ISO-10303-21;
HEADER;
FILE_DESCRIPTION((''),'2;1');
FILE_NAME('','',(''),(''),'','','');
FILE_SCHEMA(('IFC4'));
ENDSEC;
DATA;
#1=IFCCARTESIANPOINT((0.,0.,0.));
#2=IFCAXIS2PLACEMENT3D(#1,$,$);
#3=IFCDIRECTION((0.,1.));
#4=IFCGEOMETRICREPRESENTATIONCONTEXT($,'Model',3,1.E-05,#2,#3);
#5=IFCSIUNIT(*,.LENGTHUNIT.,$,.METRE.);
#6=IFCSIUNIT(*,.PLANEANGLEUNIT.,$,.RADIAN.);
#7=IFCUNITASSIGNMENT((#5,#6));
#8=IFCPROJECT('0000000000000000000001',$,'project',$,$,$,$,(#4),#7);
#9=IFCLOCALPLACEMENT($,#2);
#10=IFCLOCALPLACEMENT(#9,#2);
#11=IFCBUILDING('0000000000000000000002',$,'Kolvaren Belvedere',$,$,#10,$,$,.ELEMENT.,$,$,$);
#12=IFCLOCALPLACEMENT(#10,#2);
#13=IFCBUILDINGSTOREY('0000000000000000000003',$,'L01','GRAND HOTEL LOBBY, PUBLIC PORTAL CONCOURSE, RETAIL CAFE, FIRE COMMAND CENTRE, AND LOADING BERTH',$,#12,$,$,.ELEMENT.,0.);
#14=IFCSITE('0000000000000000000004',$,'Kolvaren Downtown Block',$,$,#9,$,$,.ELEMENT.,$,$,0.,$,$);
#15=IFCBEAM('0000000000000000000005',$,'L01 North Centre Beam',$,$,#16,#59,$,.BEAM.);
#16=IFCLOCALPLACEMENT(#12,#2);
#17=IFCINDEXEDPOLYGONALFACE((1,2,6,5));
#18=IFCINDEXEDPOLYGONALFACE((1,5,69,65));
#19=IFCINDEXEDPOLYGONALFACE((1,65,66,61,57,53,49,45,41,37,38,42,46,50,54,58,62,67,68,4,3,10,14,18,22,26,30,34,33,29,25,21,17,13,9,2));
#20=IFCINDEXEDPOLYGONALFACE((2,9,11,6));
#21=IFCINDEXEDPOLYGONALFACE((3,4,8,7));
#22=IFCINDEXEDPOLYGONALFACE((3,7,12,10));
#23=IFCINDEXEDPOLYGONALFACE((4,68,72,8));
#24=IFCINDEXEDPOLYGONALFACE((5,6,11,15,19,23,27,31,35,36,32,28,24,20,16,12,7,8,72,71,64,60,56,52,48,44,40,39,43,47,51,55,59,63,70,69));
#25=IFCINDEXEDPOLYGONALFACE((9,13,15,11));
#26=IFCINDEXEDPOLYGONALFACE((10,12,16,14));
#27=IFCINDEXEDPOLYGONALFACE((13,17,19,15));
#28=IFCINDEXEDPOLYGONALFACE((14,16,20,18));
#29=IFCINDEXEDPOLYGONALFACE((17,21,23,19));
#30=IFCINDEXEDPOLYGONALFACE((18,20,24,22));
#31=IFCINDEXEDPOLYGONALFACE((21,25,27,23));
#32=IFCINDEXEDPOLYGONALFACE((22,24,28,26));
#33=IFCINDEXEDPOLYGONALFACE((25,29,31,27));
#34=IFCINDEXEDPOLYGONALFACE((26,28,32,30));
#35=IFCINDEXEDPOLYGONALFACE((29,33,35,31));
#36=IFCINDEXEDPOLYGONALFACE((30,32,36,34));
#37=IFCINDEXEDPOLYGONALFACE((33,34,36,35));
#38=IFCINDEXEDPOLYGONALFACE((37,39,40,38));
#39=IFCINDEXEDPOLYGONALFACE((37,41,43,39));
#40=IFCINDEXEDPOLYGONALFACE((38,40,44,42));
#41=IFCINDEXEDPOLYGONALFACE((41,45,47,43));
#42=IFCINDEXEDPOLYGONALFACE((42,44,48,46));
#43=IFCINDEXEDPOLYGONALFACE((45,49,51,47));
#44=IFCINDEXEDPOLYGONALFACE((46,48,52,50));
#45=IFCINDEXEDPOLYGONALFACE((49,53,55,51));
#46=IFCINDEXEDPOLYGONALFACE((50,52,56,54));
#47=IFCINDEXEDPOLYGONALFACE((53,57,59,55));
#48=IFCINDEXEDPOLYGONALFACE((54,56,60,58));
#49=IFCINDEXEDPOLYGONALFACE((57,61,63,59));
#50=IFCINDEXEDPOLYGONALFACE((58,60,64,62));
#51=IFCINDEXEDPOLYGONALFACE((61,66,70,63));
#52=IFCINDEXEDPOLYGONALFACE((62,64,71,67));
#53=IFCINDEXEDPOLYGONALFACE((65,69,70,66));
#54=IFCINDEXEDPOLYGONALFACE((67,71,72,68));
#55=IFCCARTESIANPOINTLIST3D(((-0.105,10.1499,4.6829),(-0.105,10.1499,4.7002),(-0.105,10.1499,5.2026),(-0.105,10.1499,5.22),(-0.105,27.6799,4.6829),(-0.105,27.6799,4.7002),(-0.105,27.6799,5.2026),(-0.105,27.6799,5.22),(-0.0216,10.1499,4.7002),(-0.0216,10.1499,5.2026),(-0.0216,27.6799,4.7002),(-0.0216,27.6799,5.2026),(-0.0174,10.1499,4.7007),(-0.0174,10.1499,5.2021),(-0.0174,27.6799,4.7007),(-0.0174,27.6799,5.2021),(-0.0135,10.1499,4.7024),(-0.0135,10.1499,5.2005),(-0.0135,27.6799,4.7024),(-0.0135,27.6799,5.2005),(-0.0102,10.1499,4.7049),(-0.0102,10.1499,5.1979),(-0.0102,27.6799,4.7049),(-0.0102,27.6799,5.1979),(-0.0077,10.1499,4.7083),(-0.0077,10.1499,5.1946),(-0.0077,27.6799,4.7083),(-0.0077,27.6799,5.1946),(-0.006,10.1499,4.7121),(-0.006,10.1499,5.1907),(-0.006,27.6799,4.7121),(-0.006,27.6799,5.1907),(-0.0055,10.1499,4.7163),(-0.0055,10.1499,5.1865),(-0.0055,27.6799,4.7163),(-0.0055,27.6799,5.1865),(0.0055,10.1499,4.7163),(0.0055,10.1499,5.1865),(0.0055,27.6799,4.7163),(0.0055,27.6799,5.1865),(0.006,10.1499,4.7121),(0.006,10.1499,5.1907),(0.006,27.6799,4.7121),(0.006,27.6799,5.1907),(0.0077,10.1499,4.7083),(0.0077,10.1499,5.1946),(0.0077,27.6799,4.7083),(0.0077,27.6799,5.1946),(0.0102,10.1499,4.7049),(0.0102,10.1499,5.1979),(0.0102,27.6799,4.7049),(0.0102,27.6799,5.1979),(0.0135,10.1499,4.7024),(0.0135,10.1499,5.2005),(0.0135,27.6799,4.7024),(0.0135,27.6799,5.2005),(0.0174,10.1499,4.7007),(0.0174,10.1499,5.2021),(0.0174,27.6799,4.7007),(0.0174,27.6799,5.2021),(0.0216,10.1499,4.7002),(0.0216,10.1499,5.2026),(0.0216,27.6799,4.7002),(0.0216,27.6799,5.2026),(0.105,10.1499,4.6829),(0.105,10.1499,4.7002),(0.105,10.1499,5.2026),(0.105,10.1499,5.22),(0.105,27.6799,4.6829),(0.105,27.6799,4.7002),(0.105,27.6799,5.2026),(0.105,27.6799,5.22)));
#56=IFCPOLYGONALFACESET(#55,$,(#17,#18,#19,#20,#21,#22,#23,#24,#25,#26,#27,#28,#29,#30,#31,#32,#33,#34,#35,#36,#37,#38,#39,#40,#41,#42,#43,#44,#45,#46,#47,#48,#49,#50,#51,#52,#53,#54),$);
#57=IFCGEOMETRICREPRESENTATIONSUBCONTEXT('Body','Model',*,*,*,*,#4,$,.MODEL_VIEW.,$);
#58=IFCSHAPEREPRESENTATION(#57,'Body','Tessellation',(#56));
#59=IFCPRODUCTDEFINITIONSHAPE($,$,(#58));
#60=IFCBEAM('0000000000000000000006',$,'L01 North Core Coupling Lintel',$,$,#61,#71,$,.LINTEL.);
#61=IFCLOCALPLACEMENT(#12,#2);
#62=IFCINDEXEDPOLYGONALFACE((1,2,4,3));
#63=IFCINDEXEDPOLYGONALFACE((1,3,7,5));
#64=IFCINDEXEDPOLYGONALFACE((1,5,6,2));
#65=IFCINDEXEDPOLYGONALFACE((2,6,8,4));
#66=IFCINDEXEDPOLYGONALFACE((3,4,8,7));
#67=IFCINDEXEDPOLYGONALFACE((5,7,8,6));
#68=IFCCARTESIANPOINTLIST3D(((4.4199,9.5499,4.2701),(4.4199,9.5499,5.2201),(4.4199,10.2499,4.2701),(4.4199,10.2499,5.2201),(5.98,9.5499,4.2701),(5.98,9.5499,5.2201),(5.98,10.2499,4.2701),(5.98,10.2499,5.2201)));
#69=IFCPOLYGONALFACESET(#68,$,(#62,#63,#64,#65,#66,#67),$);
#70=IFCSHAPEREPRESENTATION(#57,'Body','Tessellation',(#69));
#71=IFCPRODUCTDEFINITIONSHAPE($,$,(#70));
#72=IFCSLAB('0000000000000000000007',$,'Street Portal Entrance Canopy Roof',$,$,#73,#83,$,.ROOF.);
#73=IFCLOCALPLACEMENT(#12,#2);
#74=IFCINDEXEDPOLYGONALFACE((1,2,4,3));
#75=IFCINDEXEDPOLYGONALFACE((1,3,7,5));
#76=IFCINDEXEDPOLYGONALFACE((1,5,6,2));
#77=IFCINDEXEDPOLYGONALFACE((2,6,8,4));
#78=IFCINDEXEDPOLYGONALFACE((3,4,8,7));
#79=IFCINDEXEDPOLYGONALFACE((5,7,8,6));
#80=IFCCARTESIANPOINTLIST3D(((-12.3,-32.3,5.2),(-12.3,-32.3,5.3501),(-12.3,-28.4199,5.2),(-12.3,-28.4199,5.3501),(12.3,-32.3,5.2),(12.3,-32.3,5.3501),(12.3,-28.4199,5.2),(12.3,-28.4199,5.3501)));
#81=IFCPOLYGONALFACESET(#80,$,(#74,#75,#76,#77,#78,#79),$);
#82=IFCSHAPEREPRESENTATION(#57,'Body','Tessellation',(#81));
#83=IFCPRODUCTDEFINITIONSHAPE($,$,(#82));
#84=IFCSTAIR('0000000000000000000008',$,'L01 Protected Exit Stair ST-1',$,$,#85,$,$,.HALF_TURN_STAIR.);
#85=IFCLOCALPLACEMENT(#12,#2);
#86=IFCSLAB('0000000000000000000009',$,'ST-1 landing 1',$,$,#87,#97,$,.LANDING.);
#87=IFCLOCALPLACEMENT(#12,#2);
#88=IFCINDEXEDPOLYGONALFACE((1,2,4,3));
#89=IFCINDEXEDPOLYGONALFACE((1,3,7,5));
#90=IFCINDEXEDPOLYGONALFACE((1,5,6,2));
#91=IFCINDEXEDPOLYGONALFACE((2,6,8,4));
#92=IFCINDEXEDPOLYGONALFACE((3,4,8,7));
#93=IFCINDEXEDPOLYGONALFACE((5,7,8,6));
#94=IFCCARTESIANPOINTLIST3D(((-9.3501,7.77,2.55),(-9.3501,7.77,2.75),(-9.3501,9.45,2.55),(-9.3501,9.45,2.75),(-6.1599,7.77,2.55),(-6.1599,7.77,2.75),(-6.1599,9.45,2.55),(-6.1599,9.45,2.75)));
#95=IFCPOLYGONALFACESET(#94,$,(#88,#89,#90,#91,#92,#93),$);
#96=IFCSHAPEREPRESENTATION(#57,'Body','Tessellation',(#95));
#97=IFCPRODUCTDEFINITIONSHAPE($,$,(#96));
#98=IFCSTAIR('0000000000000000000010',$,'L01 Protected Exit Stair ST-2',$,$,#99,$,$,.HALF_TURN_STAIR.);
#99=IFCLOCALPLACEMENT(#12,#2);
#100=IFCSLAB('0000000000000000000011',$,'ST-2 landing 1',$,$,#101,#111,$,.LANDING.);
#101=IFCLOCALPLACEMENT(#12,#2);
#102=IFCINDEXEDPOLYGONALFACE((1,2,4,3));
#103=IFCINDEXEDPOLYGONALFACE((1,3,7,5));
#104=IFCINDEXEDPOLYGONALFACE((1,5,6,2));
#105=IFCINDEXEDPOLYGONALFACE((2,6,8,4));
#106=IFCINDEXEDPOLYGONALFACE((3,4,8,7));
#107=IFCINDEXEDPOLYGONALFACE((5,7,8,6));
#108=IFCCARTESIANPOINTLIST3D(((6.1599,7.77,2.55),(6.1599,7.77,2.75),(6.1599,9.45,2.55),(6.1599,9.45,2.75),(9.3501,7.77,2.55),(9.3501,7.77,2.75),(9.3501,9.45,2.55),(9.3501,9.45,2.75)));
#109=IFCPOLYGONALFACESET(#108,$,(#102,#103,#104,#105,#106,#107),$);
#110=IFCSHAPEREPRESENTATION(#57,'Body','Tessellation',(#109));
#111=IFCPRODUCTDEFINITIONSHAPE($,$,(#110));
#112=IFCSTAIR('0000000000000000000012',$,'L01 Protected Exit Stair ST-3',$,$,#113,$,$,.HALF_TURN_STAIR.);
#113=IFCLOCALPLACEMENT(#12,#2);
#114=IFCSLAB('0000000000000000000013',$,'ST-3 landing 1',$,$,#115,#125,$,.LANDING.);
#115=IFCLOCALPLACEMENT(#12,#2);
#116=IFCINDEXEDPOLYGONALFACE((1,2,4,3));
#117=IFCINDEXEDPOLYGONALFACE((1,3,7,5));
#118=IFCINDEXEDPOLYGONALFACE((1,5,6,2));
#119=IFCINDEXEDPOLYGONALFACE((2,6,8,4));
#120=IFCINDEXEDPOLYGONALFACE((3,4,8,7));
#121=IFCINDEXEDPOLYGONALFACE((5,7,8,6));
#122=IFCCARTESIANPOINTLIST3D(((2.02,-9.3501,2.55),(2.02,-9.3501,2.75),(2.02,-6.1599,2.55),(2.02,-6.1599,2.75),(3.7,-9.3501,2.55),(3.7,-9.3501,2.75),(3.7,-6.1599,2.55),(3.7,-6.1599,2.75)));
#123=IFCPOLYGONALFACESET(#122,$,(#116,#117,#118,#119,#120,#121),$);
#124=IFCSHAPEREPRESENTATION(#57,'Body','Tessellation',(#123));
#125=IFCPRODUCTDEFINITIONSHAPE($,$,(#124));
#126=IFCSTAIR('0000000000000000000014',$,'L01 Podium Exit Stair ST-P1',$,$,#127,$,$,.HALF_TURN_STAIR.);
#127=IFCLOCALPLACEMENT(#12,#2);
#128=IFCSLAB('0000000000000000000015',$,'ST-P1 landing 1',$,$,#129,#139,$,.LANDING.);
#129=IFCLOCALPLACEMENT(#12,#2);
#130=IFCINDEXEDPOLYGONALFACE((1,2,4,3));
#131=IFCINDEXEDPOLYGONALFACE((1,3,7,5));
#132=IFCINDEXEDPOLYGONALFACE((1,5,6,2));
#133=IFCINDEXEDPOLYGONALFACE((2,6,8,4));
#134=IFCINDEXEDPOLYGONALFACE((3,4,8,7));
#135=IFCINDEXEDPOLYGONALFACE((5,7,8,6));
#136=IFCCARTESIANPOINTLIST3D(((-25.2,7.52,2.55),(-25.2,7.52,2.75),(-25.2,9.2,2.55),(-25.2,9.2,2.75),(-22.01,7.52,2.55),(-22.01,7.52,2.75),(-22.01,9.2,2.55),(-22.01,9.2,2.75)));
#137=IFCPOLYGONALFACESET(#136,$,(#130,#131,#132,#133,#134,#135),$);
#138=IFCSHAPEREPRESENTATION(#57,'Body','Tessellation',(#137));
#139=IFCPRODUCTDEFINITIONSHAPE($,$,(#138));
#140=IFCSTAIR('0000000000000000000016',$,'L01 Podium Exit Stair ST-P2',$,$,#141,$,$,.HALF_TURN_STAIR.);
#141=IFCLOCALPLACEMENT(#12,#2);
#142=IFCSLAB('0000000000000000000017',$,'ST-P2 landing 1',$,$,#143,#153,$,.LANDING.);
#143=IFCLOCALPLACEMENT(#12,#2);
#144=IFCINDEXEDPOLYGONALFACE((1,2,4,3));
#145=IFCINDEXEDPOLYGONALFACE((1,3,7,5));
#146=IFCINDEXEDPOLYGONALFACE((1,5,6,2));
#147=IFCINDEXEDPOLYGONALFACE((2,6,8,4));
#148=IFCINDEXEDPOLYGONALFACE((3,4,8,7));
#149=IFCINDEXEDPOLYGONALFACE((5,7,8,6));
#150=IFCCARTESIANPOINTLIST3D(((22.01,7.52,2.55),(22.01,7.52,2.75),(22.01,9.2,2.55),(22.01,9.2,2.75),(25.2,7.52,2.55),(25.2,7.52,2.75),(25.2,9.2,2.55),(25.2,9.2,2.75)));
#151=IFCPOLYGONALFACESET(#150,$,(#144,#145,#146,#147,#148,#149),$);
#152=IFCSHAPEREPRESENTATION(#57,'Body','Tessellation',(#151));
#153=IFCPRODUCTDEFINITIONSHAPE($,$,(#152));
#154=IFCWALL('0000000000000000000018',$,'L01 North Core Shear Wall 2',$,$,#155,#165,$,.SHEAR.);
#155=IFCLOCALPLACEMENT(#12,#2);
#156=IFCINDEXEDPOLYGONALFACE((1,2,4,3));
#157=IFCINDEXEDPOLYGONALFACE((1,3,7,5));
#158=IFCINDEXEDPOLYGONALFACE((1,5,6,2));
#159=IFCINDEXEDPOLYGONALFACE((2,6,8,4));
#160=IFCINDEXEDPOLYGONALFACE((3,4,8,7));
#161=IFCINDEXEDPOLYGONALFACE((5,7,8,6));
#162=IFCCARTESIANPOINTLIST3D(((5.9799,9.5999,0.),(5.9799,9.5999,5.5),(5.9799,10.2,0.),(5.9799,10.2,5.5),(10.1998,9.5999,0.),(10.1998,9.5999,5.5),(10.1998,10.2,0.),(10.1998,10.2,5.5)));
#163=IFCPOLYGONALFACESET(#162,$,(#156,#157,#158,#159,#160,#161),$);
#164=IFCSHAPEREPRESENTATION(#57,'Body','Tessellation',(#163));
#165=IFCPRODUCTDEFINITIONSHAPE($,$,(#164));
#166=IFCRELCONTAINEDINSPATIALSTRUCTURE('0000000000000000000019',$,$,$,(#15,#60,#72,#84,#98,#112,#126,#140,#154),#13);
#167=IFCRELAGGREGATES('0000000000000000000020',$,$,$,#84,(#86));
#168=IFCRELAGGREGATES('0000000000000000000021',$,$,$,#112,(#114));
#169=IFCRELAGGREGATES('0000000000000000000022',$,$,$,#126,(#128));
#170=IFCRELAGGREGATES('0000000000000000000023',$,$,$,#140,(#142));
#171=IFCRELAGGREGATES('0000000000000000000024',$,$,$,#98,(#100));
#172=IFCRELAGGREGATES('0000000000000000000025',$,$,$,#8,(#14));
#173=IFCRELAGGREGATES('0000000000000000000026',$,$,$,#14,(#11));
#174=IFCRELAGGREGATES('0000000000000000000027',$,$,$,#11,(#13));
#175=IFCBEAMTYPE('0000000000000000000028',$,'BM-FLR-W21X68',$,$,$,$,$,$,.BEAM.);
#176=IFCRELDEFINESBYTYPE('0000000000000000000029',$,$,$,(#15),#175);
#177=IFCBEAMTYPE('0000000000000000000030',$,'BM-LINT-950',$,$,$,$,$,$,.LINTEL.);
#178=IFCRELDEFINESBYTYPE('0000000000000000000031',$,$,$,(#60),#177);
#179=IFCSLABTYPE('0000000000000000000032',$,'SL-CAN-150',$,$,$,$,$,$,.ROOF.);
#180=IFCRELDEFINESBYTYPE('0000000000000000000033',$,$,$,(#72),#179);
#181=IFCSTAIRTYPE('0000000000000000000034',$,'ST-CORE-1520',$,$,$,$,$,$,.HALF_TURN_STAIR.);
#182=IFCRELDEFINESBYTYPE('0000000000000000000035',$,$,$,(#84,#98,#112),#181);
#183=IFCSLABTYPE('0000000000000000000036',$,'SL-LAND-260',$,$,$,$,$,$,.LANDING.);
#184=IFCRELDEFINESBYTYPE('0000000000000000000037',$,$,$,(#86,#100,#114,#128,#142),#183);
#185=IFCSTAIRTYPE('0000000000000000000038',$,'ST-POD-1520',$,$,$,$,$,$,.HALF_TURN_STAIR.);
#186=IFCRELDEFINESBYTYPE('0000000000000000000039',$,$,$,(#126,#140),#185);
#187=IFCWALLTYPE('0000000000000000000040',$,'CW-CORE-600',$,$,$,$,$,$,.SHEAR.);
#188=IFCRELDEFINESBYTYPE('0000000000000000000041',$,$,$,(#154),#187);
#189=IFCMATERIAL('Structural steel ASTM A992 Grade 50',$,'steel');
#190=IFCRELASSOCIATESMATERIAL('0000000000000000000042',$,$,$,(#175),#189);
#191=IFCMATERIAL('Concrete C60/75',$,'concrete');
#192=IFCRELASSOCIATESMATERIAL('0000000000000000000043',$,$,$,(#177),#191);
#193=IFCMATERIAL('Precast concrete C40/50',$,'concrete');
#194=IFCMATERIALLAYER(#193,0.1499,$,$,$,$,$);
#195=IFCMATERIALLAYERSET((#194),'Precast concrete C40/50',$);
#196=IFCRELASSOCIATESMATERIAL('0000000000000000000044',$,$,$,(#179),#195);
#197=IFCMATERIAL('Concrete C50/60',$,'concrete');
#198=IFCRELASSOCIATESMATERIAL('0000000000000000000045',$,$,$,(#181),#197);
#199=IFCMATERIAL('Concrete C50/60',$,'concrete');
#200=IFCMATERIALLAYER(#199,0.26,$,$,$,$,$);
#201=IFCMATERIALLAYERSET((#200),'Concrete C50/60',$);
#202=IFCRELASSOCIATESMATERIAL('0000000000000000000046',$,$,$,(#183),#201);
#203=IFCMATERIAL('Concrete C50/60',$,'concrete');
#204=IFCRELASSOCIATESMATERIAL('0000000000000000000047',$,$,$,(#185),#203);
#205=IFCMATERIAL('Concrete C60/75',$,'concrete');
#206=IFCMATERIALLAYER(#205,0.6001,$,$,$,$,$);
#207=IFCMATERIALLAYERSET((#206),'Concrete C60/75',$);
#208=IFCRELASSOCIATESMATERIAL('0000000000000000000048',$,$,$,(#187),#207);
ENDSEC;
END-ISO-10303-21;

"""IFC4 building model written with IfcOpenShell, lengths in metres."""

from ifc_helpers import new_model, si_unit, direction, frame, frame_2d, origin, origin_2d, place, context, subcontext, project, spatial, polyline, rectangle, i_section, outline, extrude, material, layer, layer_set, material_profile, profile_set, type_object, element, aggregate, save


model = new_model("IFC4")

# Units and contexts
model_context = context("Model", 3, precision=1e-05, world=origin(), true_north=direction((0.0, 1.0)))
body_context = subcontext(model_context, "Body", "Model", "MODEL_VIEW")
ifc_project = project(units=[si_unit("LENGTHUNIT", "METRE"), si_unit("PLANEANGLEUNIT", "RADIAN")], contexts=[model_context])

# Site, building, storey
site_placement = place(None, origin())
site = spatial("IfcSite", under=ifc_project, at=site_placement, Name="Kolvaren Downtown Block", CompositionType="ELEMENT", RefElevation=0.0)
building_placement = place(site_placement, origin())
building = spatial("IfcBuilding", under=site, at=building_placement, Name="Kolvaren Belvedere", CompositionType="ELEMENT")
storey_placement = place(building_placement, origin())
storey = spatial("IfcBuildingStorey", under=building, at=storey_placement, Name="L01", Description="GRAND HOTEL LOBBY, PUBLIC PORTAL CONCOURSE, RETAIL CAFE, FIRE COMMAND CENTRE, AND LOADING BERTH", CompositionType="ELEMENT", Elevation=0.0)

# Beams
ifc_material_1 = material(Name="Structural steel ASTM A992 Grade 50", Category="steel")
ifc_material_profile_1 = material_profile(ifc_material_1, i_section(OverallWidth=0.21, OverallDepth=0.5371, WebThickness=0.011, FlangeThickness=0.0173, FilletRadius=0.0161, at=origin_2d()), Name="W21X68")
ifc_profile_set_1 = profile_set([ifc_material_profile_1], Name="Structural steel ASTM A992 Grade 50")
beam_type_1 = type_object("IfcBeamType", Name="BM-FLR-W21X68", PredefinedType="BEAM", material=ifc_profile_set_1)
beam_1_placement = place(storey_placement, frame((0.0, 10.1499, 4.9514), z_axis=(0.0, 1.0, 0.0), x_axis=(-1.0, 0.0, 0.0)))
element("IfcBeam", 1, at=beam_1_placement, inside=storey, type_object=beam_type_1, Name="L01 North Centre Beam", PredefinedType="BEAM", context=body_context, shape_type="SweptSolid", body=[
    extrude(i_section(OverallWidth=0.21, OverallDepth=0.5371, WebThickness=0.011, FlangeThickness=0.0173, FilletRadius=0.0161, at=origin_2d()), origin(), (0.0, 0.0, 1.0), 17.53),
])
ifc_material_2 = material(Name="Concrete C60/75", Category="concrete")
ifc_material_profile_2 = material_profile(ifc_material_2, rectangle(XDim=0.7, YDim=0.95, at=origin_2d()), Name="RC 700X950")
ifc_profile_set_2 = profile_set([ifc_material_profile_2], Name="Concrete C60/75")
beam_type_2 = type_object("IfcBeamType", Name="BM-LINT-950", PredefinedType="LINTEL", material=ifc_profile_set_2)
beam_2_placement = place(storey_placement, frame((4.4199, 9.8999, 4.7451), z_axis=(1.0, 0.0, 0.0), x_axis=(0.0, 1.0, 0.0)))
element("IfcBeam", 2, at=beam_2_placement, inside=storey, type_object=beam_type_2, Name="L01 North Core Coupling Lintel", PredefinedType="LINTEL", context=body_context, shape_type="SweptSolid", body=[
    extrude(rectangle(XDim=0.7, YDim=0.95, at=origin_2d()), origin(), (0.0, 0.0, 1.0), 1.5601),
])

# Slab
ifc_material_3 = material(Name="Precast concrete C40/50", Category="concrete")
ifc_layer_1 = layer(ifc_material_3, 0.1499)
ifc_layer_set_1 = layer_set([ifc_layer_1], Name="Precast concrete C40/50")
slab_type_1 = type_object("IfcSlabType", Name="SL-CAN-150", PredefinedType="ROOF", material=ifc_layer_set_1)
slab_1_placement = place(storey_placement, frame((0.0, 0.0, 5.2)))
element("IfcSlab", 3, at=slab_1_placement, inside=storey, type_object=slab_type_1, Name="Street Portal Entrance Canopy Roof", PredefinedType="ROOF", context=body_context, shape_type="SweptSolid", body=[
    extrude(outline(polyline([(-12.3, -32.3), (12.3, -32.3), (12.3, -28.4199), (-12.3, -28.4199), (-12.3, -32.3)])), origin(), (0.0, 0.0, 1.0), 0.1501),
])

# Stairs, slabs
ifc_material_4 = material(Name="Concrete C50/60", Category="concrete")
stair_type_1 = type_object("IfcStairType", Name="ST-CORE-1520", PredefinedType="HALF_TURN_STAIR", material=ifc_material_4)
stair_1_placement = place(storey_placement, origin())
stair_1 = element("IfcStair", 4, at=stair_1_placement, inside=storey, type_object=stair_type_1, Name="L01 Protected Exit Stair ST-1", PredefinedType="HALF_TURN_STAIR")
ifc_material_5 = material(Name="Concrete C50/60", Category="concrete")
ifc_layer_2 = layer(ifc_material_5, 0.26)
ifc_layer_set_2 = layer_set([ifc_layer_2], Name="Concrete C50/60")
slab_type_2 = type_object("IfcSlabType", Name="SL-LAND-260", PredefinedType="LANDING", material=ifc_layer_set_2)
slab_2_placement = place(storey_placement, frame((0.0, 0.0, 2.55)))
slab_2 = element("IfcSlab", 5, at=slab_2_placement, type_object=slab_type_2, Name="ST-1 landing 1", PredefinedType="LANDING", context=body_context, shape_type="SweptSolid", body=[
    extrude(outline(polyline([(-6.1599, 7.77), (-6.1599, 9.45), (-9.3501, 9.45), (-9.3501, 7.77), (-6.1599, 7.77)])), origin(), (0.0, 0.0, 1.0), 0.2),
])
aggregate(stair_1, [slab_2])
stair_2_placement = place(storey_placement, origin())
stair_2 = element("IfcStair", 6, at=stair_2_placement, inside=storey, type_object=stair_type_1, Name="L01 Protected Exit Stair ST-2", PredefinedType="HALF_TURN_STAIR")
slab_3_placement = place(storey_placement, frame((0.0, 0.0, 2.55)))
slab_3 = element("IfcSlab", 7, at=slab_3_placement, type_object=slab_type_2, Name="ST-2 landing 1", PredefinedType="LANDING", context=body_context, shape_type="SweptSolid", body=[
    extrude(outline(polyline([(9.3501, 7.77), (9.3501, 9.45), (6.1599, 9.45), (6.1599, 7.77), (9.3501, 7.77)])), origin(), (0.0, 0.0, 1.0), 0.2),
])
stair_3_placement = place(storey_placement, origin())
stair_3 = element("IfcStair", 8, at=stair_3_placement, inside=storey, type_object=stair_type_1, Name="L01 Protected Exit Stair ST-3", PredefinedType="HALF_TURN_STAIR")
slab_4_placement = place(storey_placement, frame((0.0, 0.0, 2.55)))
slab_4 = element("IfcSlab", 9, at=slab_4_placement, type_object=slab_type_2, Name="ST-3 landing 1", PredefinedType="LANDING", context=body_context, shape_type="SweptSolid", body=[
    extrude(outline(polyline([(2.02, -9.3501), (3.7, -9.3501), (3.7, -6.1599), (2.02, -6.1599), (2.02, -9.3501)])), origin(), (0.0, 0.0, 1.0), 0.2),
])
aggregate(stair_3, [slab_4])
ifc_material_6 = material(Name="Concrete C50/60", Category="concrete")
stair_type_2 = type_object("IfcStairType", Name="ST-POD-1520", PredefinedType="HALF_TURN_STAIR", material=ifc_material_6)
stair_4_placement = place(storey_placement, origin())
stair_4 = element("IfcStair", 10, at=stair_4_placement, inside=storey, type_object=stair_type_2, Name="L01 Podium Exit Stair ST-P1", PredefinedType="HALF_TURN_STAIR")
slab_5_placement = place(storey_placement, frame((0.0, 0.0, 2.55)))
slab_5 = element("IfcSlab", 11, at=slab_5_placement, type_object=slab_type_2, Name="ST-P1 landing 1", PredefinedType="LANDING", context=body_context, shape_type="SweptSolid", body=[
    extrude(outline(polyline([(-22.01, 7.52), (-22.01, 9.2), (-25.2, 9.2), (-25.2, 7.52), (-22.01, 7.52)])), origin(), (0.0, 0.0, 1.0), 0.2),
])
aggregate(stair_4, [slab_5])
stair_5_placement = place(storey_placement, origin())
stair_5 = element("IfcStair", 12, at=stair_5_placement, inside=storey, type_object=stair_type_2, Name="L01 Podium Exit Stair ST-P2", PredefinedType="HALF_TURN_STAIR")
slab_6_placement = place(storey_placement, frame((0.0, 0.0, 2.55)))
slab_6 = element("IfcSlab", 13, at=slab_6_placement, type_object=slab_type_2, Name="ST-P2 landing 1", PredefinedType="LANDING", context=body_context, shape_type="SweptSolid", body=[
    extrude(outline(polyline([(25.2, 7.52), (25.2, 9.2), (22.01, 9.2), (22.01, 7.52), (25.2, 7.52)])), origin(), (0.0, 0.0, 1.0), 0.2),
])
aggregate(stair_5, [slab_6])

# Wall
ifc_material_7 = material(Name="Concrete C60/75", Category="concrete")
ifc_layer_3 = layer(ifc_material_7, 0.6001)
ifc_layer_set_3 = layer_set([ifc_layer_3], Name="Concrete C60/75")
wall_type_1 = type_object("IfcWallType", Name="CW-CORE-600", PredefinedType="SHEAR", material=ifc_layer_set_3)
wall_1_placement = place(storey_placement, frame((5.98, 9.8999, 0.0), z_axis=(0.0, 0.0, 1.0), x_axis=(1.0, 0.0, 0.0)))
element("IfcWall", 14, at=wall_1_placement, inside=storey, type_object=wall_type_1, Name="L01 North Core Shear Wall 2", PredefinedType="SHEAR", context=body_context, shape_type="SweptSolid", body=[
    extrude(rectangle(XDim=4.22, YDim=0.6001, at=frame_2d((2.1099, 0.0))), origin(), (0.0, 0.0, 1.0), 5.5),
])

aggregate(stair_2, [slab_3])

save(model, "model.ifc")
